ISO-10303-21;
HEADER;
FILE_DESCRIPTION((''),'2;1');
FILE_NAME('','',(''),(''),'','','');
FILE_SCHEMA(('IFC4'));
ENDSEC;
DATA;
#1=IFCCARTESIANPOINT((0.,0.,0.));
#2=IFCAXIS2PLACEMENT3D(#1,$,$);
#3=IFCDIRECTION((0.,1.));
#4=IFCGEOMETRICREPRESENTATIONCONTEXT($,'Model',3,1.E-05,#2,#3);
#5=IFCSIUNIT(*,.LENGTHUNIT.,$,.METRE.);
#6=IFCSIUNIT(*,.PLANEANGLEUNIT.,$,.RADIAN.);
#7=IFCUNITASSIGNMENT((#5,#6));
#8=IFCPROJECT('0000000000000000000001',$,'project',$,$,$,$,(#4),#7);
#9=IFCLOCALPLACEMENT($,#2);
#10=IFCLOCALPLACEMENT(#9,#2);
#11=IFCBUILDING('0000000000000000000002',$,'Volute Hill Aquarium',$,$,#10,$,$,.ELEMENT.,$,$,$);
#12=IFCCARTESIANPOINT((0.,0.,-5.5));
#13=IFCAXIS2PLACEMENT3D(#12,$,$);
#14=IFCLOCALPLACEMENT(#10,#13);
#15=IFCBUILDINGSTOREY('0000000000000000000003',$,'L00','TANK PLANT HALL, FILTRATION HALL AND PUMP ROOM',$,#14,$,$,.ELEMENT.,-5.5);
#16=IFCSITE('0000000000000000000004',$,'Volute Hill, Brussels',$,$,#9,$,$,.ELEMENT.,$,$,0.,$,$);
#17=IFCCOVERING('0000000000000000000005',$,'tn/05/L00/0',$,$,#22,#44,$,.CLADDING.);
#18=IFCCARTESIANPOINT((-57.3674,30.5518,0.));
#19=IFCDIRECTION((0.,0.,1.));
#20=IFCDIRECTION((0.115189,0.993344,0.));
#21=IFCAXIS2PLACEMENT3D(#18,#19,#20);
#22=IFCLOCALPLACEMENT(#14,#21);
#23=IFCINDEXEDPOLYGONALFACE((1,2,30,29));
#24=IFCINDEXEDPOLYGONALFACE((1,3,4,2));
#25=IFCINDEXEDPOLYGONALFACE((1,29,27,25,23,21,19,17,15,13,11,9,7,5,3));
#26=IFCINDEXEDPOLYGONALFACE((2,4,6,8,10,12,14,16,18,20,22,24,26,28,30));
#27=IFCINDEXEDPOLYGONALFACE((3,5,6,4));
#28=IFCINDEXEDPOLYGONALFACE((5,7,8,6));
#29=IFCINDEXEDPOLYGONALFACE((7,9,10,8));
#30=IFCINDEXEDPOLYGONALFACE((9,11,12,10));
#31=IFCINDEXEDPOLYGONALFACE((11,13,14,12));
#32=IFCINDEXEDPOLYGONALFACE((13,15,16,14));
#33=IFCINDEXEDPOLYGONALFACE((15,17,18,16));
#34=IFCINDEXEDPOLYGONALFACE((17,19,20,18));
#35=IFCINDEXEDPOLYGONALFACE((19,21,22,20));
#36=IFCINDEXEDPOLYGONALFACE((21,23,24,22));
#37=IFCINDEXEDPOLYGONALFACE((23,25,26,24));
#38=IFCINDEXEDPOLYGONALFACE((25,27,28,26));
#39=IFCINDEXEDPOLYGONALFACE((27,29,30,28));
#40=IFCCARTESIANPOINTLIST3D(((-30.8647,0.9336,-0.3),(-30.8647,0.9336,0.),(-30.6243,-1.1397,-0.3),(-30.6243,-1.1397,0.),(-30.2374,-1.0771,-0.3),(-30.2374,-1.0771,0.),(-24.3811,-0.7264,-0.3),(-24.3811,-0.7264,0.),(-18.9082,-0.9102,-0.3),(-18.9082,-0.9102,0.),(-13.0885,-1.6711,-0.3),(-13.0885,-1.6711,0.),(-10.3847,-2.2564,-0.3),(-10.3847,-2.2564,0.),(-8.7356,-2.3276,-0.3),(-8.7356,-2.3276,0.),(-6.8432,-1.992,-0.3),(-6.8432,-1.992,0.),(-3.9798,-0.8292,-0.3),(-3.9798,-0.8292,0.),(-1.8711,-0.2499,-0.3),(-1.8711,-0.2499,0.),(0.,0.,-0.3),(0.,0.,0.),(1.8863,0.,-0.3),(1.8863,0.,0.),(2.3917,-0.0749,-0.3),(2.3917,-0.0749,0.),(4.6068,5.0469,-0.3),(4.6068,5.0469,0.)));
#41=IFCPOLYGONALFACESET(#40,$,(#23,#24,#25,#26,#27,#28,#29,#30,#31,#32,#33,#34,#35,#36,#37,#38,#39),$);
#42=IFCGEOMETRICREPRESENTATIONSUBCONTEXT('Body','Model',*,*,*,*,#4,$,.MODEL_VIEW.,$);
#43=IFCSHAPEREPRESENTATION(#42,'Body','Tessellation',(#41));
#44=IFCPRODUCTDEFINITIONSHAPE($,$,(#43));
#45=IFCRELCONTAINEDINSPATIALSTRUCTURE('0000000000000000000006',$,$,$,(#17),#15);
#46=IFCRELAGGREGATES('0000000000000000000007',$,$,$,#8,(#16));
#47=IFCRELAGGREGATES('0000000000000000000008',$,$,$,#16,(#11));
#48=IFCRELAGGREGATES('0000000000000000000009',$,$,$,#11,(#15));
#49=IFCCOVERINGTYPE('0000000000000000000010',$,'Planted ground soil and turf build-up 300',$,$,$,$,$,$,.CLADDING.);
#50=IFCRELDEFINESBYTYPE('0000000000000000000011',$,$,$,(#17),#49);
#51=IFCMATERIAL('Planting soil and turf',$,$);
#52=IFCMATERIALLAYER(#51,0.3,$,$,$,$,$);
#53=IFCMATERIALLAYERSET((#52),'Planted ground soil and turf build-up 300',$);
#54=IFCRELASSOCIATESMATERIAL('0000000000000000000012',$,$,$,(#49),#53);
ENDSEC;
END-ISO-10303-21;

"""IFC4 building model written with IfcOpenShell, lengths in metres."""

from ifc_helpers import new_model, si_unit, direction, frame, origin, place, context, subcontext, project, spatial, polyline, outline, extrude, material, layer, layer_set, type_object, element, save


model = new_model("IFC4")

# Units and contexts
model_context = context("Model", 3, precision=1e-05, world=origin(), true_north=direction((0.0, 1.0)))
body_context = subcontext(model_context, "Body", "Model", "MODEL_VIEW")
ifc_project = project(units=[si_unit("LENGTHUNIT", "METRE"), si_unit("PLANEANGLEUNIT", "RADIAN")], contexts=[model_context])

# Site, building, storey
site_placement = place(None, origin())
site = spatial("IfcSite", under=ifc_project, at=site_placement, Name="Volute Hill, Brussels", CompositionType="ELEMENT", RefElevation=0.0)
building_placement = place(site_placement, origin())
building = spatial("IfcBuilding", under=site, at=building_placement, Name="Volute Hill Aquarium", CompositionType="ELEMENT")
storey_placement = place(building_placement, frame((0.0, 0.0, -5.5)))
storey = spatial("IfcBuildingStorey", under=building, at=storey_placement, Name="L00", Description="TANK PLANT HALL, FILTRATION HALL AND PUMP ROOM", CompositionType="ELEMENT", Elevation=-5.5)

# Covering
ifc_material_1 = material(Name="Planting soil and turf")
ifc_layer_1 = layer(ifc_material_1, 0.3)
ifc_layer_set_1 = layer_set([ifc_layer_1], Name="Planted ground soil and turf build-up 300")
covering_type_1 = type_object("IfcCoveringType", Name="Planted ground soil and turf build-up 300", PredefinedType="CLADDING", material=ifc_layer_set_1)
covering_1_placement = place(storey_placement, frame((-57.3674, 30.5518, 0.0), z_axis=(0.0, 0.0, 1.0), x_axis=(0.115189, 0.993344, 0.0)))
element("IfcCovering", 1, at=covering_1_placement, inside=storey, type_object=covering_type_1, Name="tn/05/L00/0", PredefinedType="CLADDING", context=body_context, shape_type="SweptSolid", body=[
    extrude(outline(polyline([(0.0, 0.0), (1.8863, 0.0), (2.3917, -0.0749), (4.6068, 5.0469), (-30.8647, 0.9336), (-30.6243, -1.1397), (-30.2374, -1.0771), (-24.3811, -0.7264), (-18.9082, -0.9102), (-13.0885, -1.6711), (-10.3847, -2.2564), (-8.7356, -2.3276), (-6.8432, -1.992), (-3.9798, -0.8292), (-1.8711, -0.2499), (0.0, 0.0)])), origin(), (0.0, 0.0, -1.0), 0.3),
])

save(model, "model.ifc")
